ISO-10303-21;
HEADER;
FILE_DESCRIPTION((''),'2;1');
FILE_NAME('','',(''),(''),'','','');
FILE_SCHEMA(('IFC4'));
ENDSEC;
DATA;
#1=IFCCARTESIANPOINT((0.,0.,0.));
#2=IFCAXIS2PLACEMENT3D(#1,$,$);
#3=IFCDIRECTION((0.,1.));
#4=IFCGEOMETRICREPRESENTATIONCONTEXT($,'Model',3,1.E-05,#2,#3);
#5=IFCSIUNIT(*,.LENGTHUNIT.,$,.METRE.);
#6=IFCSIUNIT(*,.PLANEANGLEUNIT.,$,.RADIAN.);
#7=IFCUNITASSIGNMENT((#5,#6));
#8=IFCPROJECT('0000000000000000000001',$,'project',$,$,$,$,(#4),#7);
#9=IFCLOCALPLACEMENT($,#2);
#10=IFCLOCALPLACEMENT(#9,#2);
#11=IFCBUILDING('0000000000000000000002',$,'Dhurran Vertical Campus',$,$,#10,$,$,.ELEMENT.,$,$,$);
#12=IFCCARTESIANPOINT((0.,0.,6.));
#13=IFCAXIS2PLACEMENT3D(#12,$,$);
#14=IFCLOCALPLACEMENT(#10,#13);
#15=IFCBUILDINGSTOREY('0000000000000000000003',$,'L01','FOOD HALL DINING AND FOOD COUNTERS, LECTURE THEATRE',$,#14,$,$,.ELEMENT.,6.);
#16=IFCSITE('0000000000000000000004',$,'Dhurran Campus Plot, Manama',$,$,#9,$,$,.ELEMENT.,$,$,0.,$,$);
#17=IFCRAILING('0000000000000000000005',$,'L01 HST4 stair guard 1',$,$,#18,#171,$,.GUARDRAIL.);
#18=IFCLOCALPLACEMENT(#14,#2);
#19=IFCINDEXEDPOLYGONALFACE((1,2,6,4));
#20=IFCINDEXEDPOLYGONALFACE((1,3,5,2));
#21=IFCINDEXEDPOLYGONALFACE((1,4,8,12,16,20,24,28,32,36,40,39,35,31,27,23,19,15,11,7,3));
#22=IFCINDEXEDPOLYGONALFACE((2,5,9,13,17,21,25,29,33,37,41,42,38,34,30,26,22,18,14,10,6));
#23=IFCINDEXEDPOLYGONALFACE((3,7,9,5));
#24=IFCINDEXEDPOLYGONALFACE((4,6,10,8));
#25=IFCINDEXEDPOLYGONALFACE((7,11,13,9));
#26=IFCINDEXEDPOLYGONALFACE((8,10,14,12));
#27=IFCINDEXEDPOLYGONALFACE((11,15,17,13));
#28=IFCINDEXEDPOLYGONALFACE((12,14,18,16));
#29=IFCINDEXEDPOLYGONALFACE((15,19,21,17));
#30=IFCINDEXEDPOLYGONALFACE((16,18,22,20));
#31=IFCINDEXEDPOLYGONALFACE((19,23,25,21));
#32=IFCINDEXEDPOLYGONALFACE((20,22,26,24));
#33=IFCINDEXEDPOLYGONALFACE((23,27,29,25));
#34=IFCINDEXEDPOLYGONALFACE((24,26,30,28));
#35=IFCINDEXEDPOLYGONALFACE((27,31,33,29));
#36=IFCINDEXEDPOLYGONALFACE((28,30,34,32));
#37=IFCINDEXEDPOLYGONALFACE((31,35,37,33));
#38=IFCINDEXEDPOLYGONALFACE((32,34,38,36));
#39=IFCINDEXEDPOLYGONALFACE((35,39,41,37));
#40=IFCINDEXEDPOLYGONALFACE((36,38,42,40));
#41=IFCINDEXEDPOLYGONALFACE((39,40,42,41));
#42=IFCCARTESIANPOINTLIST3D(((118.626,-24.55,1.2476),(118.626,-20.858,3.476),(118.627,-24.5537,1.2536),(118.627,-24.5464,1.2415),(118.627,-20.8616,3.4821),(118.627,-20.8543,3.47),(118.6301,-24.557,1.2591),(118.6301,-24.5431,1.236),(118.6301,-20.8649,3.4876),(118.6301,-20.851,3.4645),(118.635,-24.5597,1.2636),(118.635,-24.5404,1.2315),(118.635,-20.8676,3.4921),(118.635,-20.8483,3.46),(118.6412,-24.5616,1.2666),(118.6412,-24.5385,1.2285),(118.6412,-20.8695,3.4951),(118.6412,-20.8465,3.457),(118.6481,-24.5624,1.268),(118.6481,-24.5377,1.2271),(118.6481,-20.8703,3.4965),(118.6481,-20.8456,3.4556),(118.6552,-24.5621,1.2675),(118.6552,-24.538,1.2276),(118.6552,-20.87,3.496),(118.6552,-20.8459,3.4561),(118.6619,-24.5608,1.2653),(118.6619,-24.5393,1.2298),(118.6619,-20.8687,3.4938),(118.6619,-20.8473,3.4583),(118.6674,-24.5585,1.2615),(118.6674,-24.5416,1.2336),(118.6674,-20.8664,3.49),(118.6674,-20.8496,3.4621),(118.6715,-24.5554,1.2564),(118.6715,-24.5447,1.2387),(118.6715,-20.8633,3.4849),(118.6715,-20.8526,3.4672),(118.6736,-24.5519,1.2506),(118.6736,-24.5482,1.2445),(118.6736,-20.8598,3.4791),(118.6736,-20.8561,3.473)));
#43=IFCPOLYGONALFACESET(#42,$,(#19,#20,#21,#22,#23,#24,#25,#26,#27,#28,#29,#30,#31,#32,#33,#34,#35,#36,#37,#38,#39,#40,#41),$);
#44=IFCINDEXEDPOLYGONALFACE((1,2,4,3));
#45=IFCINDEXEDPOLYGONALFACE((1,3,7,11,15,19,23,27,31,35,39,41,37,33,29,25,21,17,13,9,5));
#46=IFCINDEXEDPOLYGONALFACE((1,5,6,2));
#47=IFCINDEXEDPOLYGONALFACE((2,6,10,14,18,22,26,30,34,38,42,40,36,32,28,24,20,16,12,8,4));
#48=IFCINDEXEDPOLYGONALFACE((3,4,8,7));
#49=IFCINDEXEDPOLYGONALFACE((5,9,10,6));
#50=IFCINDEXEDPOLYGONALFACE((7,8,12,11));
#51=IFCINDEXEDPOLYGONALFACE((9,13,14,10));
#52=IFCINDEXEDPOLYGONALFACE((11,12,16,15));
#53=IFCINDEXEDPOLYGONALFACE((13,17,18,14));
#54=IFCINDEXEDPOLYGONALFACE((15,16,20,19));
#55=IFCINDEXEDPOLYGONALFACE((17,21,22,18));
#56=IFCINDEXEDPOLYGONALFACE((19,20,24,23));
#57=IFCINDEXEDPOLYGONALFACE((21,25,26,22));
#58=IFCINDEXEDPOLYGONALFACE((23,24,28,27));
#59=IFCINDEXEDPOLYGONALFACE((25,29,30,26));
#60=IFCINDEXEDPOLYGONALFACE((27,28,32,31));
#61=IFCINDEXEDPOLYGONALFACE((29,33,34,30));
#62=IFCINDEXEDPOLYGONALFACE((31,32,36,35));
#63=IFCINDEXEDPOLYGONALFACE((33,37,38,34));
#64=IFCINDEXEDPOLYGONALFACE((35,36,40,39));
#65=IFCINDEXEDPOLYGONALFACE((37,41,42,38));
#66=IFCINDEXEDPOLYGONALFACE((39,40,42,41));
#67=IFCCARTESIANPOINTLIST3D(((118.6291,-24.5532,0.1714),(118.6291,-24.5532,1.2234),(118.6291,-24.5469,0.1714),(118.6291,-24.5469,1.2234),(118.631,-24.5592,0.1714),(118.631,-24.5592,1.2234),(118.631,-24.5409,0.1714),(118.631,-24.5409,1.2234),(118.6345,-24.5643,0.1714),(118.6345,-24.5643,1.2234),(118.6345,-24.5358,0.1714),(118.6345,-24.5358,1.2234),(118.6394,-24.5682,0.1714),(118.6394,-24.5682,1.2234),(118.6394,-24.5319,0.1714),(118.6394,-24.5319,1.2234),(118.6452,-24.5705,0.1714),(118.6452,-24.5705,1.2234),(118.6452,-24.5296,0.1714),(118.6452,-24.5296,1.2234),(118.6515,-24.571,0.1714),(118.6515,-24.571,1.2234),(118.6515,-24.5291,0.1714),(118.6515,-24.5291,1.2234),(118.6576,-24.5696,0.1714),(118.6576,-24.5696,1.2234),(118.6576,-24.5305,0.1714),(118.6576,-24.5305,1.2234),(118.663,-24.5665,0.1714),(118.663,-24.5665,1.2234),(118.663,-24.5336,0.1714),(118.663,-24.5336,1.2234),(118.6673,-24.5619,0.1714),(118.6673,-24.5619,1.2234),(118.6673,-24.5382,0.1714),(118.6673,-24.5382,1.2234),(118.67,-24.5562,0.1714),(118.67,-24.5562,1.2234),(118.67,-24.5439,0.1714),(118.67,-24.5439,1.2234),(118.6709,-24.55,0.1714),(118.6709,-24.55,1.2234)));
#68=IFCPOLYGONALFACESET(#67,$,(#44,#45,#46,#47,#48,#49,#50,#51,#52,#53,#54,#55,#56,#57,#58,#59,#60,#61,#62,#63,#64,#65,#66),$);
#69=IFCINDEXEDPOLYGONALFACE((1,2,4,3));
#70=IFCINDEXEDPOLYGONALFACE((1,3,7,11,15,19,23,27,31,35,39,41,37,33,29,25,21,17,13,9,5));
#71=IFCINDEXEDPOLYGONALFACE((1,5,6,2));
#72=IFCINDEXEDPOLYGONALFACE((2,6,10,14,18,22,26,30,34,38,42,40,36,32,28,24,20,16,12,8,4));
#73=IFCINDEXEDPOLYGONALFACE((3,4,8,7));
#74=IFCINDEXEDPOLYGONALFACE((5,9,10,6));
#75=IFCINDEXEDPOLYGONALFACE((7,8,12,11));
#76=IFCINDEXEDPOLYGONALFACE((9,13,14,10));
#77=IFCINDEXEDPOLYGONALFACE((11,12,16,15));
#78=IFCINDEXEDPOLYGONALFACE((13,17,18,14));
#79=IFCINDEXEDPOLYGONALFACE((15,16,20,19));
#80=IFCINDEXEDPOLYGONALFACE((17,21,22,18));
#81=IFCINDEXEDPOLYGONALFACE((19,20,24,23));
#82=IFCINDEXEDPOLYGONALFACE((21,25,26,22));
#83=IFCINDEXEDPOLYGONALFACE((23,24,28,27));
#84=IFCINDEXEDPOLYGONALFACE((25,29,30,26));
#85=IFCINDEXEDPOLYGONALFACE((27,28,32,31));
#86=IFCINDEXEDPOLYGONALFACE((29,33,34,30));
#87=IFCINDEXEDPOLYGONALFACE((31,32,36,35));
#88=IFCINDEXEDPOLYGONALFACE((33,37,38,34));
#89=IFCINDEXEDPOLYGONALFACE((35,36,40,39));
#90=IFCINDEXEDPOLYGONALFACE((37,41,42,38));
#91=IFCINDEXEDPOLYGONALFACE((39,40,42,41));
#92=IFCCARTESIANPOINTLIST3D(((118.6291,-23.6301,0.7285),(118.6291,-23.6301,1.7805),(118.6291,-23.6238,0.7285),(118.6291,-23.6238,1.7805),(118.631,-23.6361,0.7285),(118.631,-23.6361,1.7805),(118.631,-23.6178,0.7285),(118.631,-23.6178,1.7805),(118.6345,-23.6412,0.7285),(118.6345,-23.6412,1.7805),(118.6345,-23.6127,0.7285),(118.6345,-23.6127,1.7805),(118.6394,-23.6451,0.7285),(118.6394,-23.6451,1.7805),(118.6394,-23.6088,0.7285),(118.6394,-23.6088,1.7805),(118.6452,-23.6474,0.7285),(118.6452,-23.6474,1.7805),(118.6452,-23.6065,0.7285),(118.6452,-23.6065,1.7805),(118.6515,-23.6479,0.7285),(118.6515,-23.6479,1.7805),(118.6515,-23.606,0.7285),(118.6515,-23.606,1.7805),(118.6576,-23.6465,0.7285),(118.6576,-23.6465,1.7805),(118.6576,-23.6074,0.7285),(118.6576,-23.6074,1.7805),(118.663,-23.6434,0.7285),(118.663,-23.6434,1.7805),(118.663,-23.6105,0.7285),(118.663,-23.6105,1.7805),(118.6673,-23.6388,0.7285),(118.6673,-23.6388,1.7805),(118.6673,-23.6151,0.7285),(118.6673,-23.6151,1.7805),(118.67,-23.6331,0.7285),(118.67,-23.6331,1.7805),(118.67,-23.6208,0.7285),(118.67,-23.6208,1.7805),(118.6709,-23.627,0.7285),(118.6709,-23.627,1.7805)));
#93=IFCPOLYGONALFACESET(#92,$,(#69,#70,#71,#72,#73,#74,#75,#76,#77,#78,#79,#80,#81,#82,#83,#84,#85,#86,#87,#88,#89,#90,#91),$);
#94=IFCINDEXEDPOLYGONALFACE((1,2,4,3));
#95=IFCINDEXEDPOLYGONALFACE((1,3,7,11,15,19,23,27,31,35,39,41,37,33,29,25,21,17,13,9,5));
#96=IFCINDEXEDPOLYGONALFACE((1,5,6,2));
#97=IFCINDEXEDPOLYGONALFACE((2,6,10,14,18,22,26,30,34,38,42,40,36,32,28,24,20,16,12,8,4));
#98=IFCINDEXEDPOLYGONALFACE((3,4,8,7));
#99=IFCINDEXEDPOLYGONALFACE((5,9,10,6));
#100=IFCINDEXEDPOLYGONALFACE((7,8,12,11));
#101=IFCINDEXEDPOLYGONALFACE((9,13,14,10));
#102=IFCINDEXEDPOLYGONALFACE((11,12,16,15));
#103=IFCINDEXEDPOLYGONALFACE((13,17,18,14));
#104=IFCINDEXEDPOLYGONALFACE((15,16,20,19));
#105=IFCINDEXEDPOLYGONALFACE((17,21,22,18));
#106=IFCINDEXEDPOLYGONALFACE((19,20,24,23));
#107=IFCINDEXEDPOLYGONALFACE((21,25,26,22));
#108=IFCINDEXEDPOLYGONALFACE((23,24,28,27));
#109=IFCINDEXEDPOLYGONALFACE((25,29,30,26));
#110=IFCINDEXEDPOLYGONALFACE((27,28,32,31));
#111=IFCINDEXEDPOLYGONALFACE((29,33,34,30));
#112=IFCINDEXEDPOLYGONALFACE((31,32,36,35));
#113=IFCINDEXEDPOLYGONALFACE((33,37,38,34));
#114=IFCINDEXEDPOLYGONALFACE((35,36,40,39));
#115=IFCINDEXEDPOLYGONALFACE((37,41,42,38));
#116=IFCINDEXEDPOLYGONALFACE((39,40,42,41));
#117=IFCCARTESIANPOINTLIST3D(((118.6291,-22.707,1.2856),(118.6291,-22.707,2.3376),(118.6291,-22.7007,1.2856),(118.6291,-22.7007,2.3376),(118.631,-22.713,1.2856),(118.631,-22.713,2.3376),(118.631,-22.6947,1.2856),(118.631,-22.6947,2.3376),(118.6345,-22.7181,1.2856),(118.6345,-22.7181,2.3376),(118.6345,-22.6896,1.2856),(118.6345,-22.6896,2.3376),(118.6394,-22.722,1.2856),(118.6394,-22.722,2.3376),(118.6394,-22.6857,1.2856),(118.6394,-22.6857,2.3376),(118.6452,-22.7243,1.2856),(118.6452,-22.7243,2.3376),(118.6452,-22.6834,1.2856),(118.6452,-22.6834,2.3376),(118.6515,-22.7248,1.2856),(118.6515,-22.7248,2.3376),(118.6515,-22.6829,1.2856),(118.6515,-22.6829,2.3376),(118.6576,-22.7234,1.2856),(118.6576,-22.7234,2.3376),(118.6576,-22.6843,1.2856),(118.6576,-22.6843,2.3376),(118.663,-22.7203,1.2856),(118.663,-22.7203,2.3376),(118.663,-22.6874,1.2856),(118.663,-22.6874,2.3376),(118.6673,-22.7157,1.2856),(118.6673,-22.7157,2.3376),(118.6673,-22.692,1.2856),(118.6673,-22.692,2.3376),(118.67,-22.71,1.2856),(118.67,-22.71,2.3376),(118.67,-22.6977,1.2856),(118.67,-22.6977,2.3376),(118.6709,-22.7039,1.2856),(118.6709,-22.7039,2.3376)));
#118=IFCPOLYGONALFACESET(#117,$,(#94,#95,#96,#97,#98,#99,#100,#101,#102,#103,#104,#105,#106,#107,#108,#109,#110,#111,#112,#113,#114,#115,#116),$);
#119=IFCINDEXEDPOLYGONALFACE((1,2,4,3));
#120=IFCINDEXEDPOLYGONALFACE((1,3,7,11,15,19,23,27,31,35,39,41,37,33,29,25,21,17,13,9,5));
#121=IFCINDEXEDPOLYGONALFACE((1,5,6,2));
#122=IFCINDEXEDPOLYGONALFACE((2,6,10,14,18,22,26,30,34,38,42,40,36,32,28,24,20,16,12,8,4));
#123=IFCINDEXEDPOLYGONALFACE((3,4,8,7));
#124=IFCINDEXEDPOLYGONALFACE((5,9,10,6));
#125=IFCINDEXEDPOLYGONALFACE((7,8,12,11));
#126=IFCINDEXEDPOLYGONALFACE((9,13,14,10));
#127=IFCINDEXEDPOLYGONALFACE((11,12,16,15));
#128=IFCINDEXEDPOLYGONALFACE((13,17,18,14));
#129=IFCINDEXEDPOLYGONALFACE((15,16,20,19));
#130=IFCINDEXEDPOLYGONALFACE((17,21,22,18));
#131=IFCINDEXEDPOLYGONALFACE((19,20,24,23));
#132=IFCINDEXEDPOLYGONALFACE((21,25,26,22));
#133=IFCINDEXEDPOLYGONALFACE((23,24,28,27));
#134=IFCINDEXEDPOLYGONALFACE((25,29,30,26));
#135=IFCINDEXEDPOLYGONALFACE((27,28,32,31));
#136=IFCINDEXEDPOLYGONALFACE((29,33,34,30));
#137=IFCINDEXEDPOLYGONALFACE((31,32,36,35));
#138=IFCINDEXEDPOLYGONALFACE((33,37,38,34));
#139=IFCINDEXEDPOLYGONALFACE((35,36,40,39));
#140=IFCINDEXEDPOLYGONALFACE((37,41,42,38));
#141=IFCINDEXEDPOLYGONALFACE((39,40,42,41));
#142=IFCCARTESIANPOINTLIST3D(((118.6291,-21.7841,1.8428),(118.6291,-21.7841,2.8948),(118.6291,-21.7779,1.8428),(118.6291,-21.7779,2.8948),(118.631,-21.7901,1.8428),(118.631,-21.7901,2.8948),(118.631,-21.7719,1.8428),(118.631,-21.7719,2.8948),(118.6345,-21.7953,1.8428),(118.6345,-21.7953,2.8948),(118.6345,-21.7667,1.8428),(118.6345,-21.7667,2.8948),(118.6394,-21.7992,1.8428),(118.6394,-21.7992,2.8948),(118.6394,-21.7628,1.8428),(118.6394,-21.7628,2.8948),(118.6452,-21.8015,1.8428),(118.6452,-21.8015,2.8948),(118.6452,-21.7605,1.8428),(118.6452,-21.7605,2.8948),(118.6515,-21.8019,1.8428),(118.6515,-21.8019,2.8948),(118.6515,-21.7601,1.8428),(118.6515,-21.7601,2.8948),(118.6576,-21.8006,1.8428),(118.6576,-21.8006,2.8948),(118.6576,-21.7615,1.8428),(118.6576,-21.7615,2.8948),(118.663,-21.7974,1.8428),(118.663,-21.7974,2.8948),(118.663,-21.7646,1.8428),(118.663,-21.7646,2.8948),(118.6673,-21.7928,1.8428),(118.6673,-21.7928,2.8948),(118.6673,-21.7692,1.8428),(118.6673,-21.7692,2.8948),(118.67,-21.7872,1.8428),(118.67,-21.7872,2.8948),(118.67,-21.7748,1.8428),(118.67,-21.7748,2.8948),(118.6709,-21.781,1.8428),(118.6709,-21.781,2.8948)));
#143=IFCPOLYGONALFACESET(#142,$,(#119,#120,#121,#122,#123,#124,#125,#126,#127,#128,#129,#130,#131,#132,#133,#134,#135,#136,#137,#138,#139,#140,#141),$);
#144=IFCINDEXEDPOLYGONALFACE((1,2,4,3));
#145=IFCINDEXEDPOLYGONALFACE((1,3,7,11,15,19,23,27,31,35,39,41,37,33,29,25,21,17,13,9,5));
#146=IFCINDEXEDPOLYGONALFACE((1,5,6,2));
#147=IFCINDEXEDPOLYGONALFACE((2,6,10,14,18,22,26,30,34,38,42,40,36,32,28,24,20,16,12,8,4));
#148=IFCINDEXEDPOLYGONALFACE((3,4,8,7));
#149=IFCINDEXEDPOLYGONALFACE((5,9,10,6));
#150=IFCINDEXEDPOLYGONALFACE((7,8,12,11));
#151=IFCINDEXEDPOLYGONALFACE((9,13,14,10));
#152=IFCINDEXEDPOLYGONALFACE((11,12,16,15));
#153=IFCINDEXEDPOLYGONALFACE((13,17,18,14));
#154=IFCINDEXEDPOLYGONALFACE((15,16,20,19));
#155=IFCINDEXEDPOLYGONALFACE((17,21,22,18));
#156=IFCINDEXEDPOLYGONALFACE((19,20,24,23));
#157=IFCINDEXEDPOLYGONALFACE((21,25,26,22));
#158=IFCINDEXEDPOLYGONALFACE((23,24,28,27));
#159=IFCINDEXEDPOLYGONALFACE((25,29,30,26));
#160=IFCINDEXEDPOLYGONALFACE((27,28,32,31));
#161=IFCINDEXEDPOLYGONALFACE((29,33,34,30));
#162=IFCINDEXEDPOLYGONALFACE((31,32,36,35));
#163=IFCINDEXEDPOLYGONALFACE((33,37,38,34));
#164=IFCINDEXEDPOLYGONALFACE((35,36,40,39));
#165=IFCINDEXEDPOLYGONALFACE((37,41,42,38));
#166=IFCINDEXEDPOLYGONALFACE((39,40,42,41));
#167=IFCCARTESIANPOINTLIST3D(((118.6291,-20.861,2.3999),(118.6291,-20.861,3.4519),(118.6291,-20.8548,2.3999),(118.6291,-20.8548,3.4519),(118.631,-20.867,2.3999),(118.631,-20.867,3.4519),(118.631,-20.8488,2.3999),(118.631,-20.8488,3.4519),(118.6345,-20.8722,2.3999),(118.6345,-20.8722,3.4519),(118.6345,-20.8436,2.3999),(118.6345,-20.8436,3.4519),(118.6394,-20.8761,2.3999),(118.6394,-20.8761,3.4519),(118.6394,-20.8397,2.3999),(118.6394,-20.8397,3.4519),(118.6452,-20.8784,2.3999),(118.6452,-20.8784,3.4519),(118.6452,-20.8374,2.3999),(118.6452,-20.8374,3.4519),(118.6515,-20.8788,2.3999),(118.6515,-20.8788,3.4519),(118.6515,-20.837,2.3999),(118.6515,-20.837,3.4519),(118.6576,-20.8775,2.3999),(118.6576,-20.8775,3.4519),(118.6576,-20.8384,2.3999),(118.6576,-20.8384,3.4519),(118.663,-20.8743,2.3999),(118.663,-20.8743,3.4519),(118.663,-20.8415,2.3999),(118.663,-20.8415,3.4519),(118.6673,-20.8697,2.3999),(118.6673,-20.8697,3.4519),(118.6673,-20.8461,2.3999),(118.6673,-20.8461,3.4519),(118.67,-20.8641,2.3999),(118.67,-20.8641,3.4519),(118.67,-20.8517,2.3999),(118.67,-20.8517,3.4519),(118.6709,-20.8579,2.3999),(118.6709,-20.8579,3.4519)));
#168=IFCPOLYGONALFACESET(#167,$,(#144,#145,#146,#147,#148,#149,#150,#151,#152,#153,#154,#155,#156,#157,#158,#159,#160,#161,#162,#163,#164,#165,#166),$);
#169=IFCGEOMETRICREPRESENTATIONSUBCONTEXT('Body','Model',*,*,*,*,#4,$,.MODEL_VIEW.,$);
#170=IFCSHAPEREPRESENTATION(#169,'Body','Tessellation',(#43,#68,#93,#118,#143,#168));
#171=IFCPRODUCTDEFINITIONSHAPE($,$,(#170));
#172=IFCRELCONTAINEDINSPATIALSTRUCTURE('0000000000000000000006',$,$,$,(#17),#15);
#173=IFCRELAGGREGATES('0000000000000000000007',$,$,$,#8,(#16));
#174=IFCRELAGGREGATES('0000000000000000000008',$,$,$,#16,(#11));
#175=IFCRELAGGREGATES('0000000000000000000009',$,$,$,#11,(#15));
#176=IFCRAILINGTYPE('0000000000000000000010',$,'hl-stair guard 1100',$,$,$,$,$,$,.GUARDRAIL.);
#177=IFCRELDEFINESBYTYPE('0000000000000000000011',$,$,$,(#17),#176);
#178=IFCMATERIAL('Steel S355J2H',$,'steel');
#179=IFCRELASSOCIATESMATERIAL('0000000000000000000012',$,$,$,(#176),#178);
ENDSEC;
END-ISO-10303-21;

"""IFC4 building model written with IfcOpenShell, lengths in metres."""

from ifc_helpers import new_model, si_unit, direction, frame, origin, origin_2d, place, context, subcontext, project, spatial, circle, extrude, material, type_object, element, save


model = new_model("IFC4")

# Units and contexts
model_context = context("Model", 3, precision=1e-05, world=origin(), true_north=direction((0.0, 1.0)))
body_context = subcontext(model_context, "Body", "Model", "MODEL_VIEW")
ifc_project = project(units=[si_unit("LENGTHUNIT", "METRE"), si_unit("PLANEANGLEUNIT", "RADIAN")], contexts=[model_context])

# Site, building, storey
site_placement = place(None, origin())
site = spatial("IfcSite", under=ifc_project, at=site_placement, Name="Dhurran Campus Plot, Manama", CompositionType="ELEMENT", RefElevation=0.0)
building_placement = place(site_placement, origin())
building = spatial("IfcBuilding", under=site, at=building_placement, Name="Dhurran Vertical Campus", CompositionType="ELEMENT")
storey_placement = place(building_placement, frame((0.0, 0.0, 6.0)))
storey = spatial("IfcBuildingStorey", under=building, at=storey_placement, Name="L01", Description="FOOD HALL DINING AND FOOD COUNTERS, LECTURE THEATRE", CompositionType="ELEMENT", Elevation=6.0)

# Railing
ifc_material_1 = material(Name="Steel S355J2H", Category="steel")
railing_type_1 = type_object("IfcRailingType", Name="hl-stair guard 1100", PredefinedType="GUARDRAIL", material=ifc_material_1)
railing_1_placement = place(storey_placement, frame((118.6499, -24.55, 0.1714)))
element("IfcRailing", 1, at=railing_1_placement, inside=storey, type_object=railing_type_1, Name="L01 HST4 stair guard 1", PredefinedType="GUARDRAIL", context=body_context, shape_type="SweptSolid", body=[
    extrude(circle(Radius=0.0239, at=origin_2d()), frame((0.0, 0.0, 1.0762), z_axis=(0.0, 0.856136, 0.51675), x_axis=(-1.0, 0.0, 0.0)), (0.0, 0.0, 1.0), 4.3125),
    extrude(circle(Radius=0.021, at=origin_2d()), origin(), (0.0, 0.0, 1.0), 1.052),
    extrude(circle(Radius=0.021, at=origin_2d()), frame((0.0, 0.9231, 0.5571)), (0.0, 0.0, 1.0), 1.052),
    extrude(circle(Radius=0.021, at=origin_2d()), frame((0.0, 1.8462, 1.1143)), (0.0, 0.0, 1.0), 1.052),
    extrude(circle(Radius=0.021, at=origin_2d()), frame((0.0, 2.769, 1.6714)), (0.0, 0.0, 1.0), 1.052),
    extrude(circle(Radius=0.021, at=origin_2d()), frame((0.0, 3.6921, 2.2285)), (0.0, 0.0, 1.0), 1.052),
])

save(model, "model.ifc")
